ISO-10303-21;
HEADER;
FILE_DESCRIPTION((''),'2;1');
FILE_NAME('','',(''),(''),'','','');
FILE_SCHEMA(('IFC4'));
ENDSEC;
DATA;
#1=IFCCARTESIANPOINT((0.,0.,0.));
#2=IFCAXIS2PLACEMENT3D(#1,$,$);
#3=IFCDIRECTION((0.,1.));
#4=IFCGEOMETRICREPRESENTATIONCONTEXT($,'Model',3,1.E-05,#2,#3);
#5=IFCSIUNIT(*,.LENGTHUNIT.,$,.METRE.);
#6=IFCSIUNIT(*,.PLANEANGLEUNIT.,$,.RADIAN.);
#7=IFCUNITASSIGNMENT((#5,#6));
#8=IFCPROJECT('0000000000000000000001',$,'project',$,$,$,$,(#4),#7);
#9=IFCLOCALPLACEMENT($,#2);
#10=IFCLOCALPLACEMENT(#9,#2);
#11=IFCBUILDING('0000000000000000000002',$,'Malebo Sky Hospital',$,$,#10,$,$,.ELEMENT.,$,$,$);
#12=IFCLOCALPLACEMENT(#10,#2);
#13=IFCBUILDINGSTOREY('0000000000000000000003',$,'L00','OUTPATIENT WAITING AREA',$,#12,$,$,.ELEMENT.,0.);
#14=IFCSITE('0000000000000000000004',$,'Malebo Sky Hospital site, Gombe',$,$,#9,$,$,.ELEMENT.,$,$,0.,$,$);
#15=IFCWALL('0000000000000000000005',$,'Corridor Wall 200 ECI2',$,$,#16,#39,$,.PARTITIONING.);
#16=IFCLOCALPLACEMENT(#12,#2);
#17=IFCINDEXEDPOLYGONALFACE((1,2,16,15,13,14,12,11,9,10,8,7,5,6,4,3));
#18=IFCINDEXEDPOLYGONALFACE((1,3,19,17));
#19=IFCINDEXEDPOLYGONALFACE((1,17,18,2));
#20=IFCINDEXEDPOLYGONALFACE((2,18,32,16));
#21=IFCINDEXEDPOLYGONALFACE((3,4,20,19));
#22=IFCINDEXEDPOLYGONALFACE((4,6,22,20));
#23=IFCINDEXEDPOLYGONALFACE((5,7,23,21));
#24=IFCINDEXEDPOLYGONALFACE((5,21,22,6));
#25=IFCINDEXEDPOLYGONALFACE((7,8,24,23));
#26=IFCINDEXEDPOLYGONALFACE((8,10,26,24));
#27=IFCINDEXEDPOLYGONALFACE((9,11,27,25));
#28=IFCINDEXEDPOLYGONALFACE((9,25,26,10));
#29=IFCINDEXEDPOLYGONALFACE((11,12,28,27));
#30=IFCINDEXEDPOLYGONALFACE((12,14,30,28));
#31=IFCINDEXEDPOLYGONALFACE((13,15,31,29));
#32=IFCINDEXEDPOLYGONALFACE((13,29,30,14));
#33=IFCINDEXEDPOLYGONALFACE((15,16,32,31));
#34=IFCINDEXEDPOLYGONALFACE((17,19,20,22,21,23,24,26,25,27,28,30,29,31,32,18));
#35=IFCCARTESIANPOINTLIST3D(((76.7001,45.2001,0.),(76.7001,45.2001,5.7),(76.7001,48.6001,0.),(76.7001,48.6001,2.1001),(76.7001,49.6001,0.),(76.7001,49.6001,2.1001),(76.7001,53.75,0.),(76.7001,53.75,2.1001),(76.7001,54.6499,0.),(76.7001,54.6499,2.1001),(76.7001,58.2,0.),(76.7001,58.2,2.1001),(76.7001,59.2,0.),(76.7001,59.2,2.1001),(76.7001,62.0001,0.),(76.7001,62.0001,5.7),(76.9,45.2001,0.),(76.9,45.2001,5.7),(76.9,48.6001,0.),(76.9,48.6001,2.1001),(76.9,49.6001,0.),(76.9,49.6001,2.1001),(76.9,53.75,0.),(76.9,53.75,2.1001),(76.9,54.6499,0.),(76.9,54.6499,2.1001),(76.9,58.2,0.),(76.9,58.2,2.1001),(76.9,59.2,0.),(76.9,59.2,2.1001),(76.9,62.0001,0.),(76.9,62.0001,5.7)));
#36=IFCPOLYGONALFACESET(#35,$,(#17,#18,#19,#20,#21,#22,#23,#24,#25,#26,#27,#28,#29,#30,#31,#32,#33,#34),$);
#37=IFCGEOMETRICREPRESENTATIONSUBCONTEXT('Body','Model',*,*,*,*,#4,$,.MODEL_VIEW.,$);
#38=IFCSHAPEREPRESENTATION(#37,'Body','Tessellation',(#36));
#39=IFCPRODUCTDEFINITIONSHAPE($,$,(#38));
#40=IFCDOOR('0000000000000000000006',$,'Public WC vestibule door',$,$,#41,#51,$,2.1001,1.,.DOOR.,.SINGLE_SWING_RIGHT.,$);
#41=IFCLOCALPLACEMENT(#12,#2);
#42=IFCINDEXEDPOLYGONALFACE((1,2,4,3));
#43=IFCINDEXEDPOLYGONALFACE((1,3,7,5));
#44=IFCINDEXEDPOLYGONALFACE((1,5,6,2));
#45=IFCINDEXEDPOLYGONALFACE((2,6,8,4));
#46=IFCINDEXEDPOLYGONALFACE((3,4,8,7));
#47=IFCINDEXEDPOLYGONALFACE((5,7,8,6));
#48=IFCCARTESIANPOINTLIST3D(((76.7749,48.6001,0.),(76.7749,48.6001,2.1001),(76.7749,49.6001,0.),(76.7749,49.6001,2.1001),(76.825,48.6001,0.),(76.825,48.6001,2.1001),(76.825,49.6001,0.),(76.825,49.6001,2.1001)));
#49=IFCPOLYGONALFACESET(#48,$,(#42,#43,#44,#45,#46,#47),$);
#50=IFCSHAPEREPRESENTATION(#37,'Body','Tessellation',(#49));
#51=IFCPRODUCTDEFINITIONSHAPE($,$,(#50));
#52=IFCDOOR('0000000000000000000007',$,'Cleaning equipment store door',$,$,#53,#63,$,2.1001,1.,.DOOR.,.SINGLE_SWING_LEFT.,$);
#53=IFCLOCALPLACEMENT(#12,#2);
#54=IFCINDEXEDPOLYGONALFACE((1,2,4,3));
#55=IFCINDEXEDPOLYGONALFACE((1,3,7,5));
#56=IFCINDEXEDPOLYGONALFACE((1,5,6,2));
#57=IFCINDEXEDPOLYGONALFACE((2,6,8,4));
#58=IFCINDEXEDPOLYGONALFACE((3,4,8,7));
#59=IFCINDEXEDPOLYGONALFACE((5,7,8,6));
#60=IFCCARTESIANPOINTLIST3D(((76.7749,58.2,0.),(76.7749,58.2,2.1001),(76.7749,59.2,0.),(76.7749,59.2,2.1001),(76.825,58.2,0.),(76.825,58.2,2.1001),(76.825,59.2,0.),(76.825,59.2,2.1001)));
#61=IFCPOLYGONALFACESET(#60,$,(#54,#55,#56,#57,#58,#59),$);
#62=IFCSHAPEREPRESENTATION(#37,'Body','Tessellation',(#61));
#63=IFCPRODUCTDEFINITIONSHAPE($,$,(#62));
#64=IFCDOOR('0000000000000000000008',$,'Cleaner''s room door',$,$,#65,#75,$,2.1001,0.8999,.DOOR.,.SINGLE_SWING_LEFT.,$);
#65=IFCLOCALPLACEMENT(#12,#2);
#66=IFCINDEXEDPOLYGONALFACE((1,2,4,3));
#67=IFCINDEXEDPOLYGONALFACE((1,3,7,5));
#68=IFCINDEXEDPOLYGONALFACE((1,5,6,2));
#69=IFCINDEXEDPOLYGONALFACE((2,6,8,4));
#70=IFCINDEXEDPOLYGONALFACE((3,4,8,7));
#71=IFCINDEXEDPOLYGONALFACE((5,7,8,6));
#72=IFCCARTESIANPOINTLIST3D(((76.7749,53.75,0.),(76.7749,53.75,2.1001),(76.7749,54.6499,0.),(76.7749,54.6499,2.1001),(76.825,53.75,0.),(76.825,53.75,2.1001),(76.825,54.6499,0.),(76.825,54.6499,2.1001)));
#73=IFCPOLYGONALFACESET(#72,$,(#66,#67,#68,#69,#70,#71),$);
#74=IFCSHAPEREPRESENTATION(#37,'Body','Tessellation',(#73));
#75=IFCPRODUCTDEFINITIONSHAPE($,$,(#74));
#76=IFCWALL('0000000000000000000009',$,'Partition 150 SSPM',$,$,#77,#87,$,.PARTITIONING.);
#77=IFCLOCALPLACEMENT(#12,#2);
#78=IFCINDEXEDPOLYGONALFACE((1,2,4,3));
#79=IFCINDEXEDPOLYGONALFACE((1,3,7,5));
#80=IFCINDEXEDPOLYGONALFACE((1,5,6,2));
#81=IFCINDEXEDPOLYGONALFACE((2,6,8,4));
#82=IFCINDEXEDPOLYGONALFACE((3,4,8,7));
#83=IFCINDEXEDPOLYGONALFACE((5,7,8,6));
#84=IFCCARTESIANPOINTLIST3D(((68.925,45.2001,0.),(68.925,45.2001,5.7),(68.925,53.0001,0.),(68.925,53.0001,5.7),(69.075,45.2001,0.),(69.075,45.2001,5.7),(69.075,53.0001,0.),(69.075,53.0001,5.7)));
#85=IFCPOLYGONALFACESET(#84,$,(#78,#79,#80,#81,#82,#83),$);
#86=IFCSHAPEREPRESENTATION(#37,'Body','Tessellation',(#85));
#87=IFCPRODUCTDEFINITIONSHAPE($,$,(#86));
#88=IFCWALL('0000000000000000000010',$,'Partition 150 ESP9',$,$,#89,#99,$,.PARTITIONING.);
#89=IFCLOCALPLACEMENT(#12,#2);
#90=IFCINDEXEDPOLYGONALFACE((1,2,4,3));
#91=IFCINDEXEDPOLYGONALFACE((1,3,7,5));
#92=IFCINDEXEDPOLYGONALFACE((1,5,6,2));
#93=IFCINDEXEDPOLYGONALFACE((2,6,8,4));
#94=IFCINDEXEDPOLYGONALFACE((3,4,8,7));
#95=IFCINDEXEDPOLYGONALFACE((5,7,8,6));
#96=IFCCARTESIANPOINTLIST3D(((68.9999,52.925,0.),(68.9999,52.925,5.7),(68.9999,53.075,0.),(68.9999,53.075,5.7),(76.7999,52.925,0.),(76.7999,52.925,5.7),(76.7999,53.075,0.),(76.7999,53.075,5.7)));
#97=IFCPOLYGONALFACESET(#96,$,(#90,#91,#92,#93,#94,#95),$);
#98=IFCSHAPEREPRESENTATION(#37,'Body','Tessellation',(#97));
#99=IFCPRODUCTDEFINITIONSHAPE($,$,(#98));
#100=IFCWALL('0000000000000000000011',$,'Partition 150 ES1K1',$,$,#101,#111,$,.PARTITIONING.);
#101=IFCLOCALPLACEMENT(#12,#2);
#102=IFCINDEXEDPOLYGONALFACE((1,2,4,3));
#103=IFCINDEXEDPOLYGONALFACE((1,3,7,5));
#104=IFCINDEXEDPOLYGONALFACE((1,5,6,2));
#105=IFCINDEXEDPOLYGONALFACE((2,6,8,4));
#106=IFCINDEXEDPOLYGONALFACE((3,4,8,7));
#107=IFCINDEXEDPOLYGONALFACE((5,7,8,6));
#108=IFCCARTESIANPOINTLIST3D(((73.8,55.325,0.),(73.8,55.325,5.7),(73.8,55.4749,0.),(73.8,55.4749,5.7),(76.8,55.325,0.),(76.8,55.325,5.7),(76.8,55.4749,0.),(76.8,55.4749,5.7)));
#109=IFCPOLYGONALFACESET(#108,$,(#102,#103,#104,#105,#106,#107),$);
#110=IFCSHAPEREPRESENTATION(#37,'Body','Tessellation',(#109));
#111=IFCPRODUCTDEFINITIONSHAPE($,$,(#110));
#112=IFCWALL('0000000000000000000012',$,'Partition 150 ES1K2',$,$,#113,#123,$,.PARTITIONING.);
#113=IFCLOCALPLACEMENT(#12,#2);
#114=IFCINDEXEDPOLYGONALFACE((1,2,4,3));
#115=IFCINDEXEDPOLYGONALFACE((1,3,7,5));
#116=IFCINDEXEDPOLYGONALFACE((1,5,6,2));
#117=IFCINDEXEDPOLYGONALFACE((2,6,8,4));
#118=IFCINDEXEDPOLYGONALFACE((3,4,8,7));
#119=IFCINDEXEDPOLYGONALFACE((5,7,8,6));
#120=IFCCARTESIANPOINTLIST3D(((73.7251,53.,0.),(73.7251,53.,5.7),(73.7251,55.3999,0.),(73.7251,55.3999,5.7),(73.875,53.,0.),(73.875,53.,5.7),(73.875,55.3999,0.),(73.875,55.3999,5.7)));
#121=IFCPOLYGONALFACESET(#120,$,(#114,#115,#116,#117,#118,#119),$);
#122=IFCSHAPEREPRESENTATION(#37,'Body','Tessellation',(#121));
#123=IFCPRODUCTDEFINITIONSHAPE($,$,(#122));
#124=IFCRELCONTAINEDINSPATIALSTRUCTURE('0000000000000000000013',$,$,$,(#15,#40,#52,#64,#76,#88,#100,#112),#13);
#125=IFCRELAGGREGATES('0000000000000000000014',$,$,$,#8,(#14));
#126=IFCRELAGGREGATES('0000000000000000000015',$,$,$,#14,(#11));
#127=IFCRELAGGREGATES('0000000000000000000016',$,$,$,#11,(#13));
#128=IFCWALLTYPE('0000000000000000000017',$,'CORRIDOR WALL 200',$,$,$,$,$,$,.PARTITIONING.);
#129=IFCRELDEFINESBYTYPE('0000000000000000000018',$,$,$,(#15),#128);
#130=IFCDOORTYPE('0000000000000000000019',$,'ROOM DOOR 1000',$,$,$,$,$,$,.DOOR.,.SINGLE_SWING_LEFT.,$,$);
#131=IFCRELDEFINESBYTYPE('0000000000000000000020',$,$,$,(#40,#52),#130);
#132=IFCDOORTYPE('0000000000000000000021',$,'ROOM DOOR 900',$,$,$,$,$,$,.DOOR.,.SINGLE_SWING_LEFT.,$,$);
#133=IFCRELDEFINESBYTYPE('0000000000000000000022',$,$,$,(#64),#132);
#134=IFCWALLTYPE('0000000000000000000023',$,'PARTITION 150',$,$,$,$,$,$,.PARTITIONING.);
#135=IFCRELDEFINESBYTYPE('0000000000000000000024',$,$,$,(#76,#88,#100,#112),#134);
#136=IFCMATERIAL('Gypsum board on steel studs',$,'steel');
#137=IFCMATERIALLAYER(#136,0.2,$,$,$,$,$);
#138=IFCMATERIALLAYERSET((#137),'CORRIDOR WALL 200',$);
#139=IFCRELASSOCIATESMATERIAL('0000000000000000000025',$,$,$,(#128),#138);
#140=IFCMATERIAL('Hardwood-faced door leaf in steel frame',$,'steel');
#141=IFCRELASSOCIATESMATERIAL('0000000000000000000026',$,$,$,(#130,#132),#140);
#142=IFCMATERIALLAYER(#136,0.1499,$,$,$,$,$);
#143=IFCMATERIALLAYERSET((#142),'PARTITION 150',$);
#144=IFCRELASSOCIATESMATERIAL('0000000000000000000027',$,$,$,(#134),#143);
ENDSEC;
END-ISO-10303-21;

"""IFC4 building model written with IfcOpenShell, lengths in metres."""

from ifc_helpers import new_model, si_unit, direction, frame, frame_2d, origin, place, context, subcontext, project, spatial, rectangle, extrude, material, layer, layer_set, type_object, element, fill, save


model = new_model("IFC4")

# Units and contexts
model_context = context("Model", 3, precision=1e-05, world=origin(), true_north=direction((0.0, 1.0)))
body_context = subcontext(model_context, "Body", "Model", "MODEL_VIEW")
ifc_project = project(units=[si_unit("LENGTHUNIT", "METRE"), si_unit("PLANEANGLEUNIT", "RADIAN")], contexts=[model_context])

# Site, building, storey
site_placement = place(None, origin())
site = spatial("IfcSite", under=ifc_project, at=site_placement, Name="Malebo Sky Hospital site, Gombe", CompositionType="ELEMENT", RefElevation=0.0)
building_placement = place(site_placement, origin())
building = spatial("IfcBuilding", under=site, at=building_placement, Name="Malebo Sky Hospital", CompositionType="ELEMENT")
storey_placement = place(building_placement, origin())
storey = spatial("IfcBuildingStorey", under=building, at=storey_placement, Name="L00", Description="OUTPATIENT WAITING AREA", CompositionType="ELEMENT", Elevation=0.0)

# Wall, openings, doors
ifc_material_1 = material(Name="Gypsum board on steel studs", Category="steel")
ifc_layer_1 = layer(ifc_material_1, 0.2)
ifc_layer_set_1 = layer_set([ifc_layer_1], Name="CORRIDOR WALL 200")
wall_type_1 = type_object("IfcWallType", Name="CORRIDOR WALL 200", PredefinedType="PARTITIONING", material=ifc_layer_set_1)
wall_1_placement = place(storey_placement, frame((76.8, 62.0, 0.0), z_axis=(0.0, 0.0, 1.0), x_axis=(0.0, -1.0, 0.0)))
wall_1 = element("IfcWall", 1, at=wall_1_placement, inside=storey, type_object=wall_type_1, Name="Corridor Wall 200 ECI2", PredefinedType="PARTITIONING", context=body_context, shape_type="SweptSolid", body=[
    extrude(rectangle(XDim=16.8, YDim=0.2, at=frame_2d((8.3999, 0.0))), origin(), (0.0, 0.0, 1.0), 5.7),
])
opening_1_placement = place(wall_1_placement, frame((12.3999, 0.0, 0.0)))
opening_1 = element("IfcOpeningElement", 2, at=opening_1_placement, cuts=wall_1, PredefinedType="OPENING", context=body_context, shape_type="SweptSolid", body=[
    extrude(rectangle(XDim=1.0, YDim=2.1001, at=frame_2d((0.5, 1.05))), frame((0.0, 0.1099, 0.0), z_axis=(0.0, -1.0, 0.0), x_axis=(1.0, 0.0, 0.0)), (0.0, 0.0, 1.0), 0.22),
])
opening_2_placement = place(wall_1_placement, frame((7.3501, 0.0, 0.0)))
opening_2 = element("IfcOpeningElement", 3, at=opening_2_placement, cuts=wall_1, PredefinedType="OPENING", context=body_context, shape_type="SweptSolid", body=[
    extrude(rectangle(XDim=0.8999, YDim=2.1001, at=frame_2d((0.45, 1.05))), frame((0.0, 0.1099, 0.0), z_axis=(0.0, -1.0, 0.0), x_axis=(1.0, 0.0, 0.0)), (0.0, 0.0, 1.0), 0.22),
])
opening_3_placement = place(wall_1_placement, frame((2.8, 0.0, 0.0)))
opening_3 = element("IfcOpeningElement", 4, at=opening_3_placement, cuts=wall_1, PredefinedType="OPENING", context=body_context, shape_type="SweptSolid", body=[
    extrude(rectangle(XDim=1.0, YDim=2.1001, at=frame_2d((0.5, 1.05))), frame((0.0, 0.1099, 0.0), z_axis=(0.0, -1.0, 0.0), x_axis=(1.0, 0.0, 0.0)), (0.0, 0.0, 1.0), 0.22),
])
ifc_material_2 = material(Name="Hardwood-faced door leaf in steel frame", Category="steel")
door_type_1 = type_object("IfcDoorType", Name="ROOM DOOR 1000", OperationType="SINGLE_SWING_LEFT", PredefinedType="DOOR", material=ifc_material_2)
door_1_placement = place(opening_1_placement, origin())
door_1 = element("IfcDoor", 5, at=door_1_placement, inside=storey, type_object=door_type_1, Name="Public WC vestibule door", OperationType="SINGLE_SWING_RIGHT", OverallHeight=2.1001, OverallWidth=1.0, PredefinedType="DOOR", context=body_context, shape_type="SweptSolid", body=[
    extrude(rectangle(XDim=1.0, YDim=2.1001, at=frame_2d((0.5, 1.05))), frame((0.0, 0.0249, 0.0), z_axis=(0.0, -1.0, 0.0), x_axis=(1.0, 0.0, 0.0)), (0.0, 0.0, 1.0), 0.05),
])
fill(opening_1, door_1)
door_2_placement = place(opening_3_placement, origin())
door_2 = element("IfcDoor", 6, at=door_2_placement, inside=storey, type_object=door_type_1, Name="Cleaning equipment store door", OperationType="SINGLE_SWING_LEFT", OverallHeight=2.1001, OverallWidth=1.0, PredefinedType="DOOR", context=body_context, shape_type="SweptSolid", body=[
    extrude(rectangle(XDim=1.0, YDim=2.1001, at=frame_2d((0.5, 1.05))), frame((0.0, 0.0249, 0.0), z_axis=(0.0, -1.0, 0.0), x_axis=(1.0, 0.0, 0.0)), (0.0, 0.0, 1.0), 0.05),
])
fill(opening_3, door_2)
door_type_2 = type_object("IfcDoorType", Name="ROOM DOOR 900", OperationType="SINGLE_SWING_LEFT", PredefinedType="DOOR", material=ifc_material_2)
door_3_placement = place(opening_2_placement, origin())
door_3 = element("IfcDoor", 7, at=door_3_placement, inside=storey, type_object=door_type_2, Name="Cleaner's room door", OperationType="SINGLE_SWING_LEFT", OverallHeight=2.1001, OverallWidth=0.8999, PredefinedType="DOOR", context=body_context, shape_type="SweptSolid", body=[
    extrude(rectangle(XDim=0.8999, YDim=2.1001, at=frame_2d((0.45, 1.05))), frame((0.0, 0.0249, 0.0), z_axis=(0.0, -1.0, 0.0), x_axis=(1.0, 0.0, 0.0)), (0.0, 0.0, 1.0), 0.05),
])
fill(opening_2, door_3)

# Walls
ifc_layer_2 = layer(ifc_material_1, 0.1499)
ifc_layer_set_2 = layer_set([ifc_layer_2], Name="PARTITION 150")
wall_type_2 = type_object("IfcWallType", Name="PARTITION 150", PredefinedType="PARTITIONING", material=ifc_layer_set_2)
for number, where, z_axis, x_axis, name in (
    (8, (69.0, 53.0, 0.0), (0.0, 0.0, 1.0), (0.0, -1.0, 0.0), "Partition 150 SSPM"),
    (9, (69.0, 53.0, 0.0), (0.0, 0.0, 1.0), (1.0, 0.0, 0.0), "Partition 150 ESP9"),
):
    element("IfcWall", number, at=place(storey_placement, frame(where, z_axis=z_axis, x_axis=x_axis)), inside=storey, type_object=wall_type_2, Name=name, PredefinedType="PARTITIONING", context=body_context, shape_type="SweptSolid", body=[
        extrude(rectangle(XDim=7.8, YDim=0.1499, at=frame_2d((3.8999, 0.0))), origin(), (0.0, 0.0, 1.0), 5.7),
    ])
wall_2_placement = place(storey_placement, frame((73.8, 55.3999, 0.0), z_axis=(0.0, 0.0, 1.0), x_axis=(1.0, 0.0, 0.0)))
element("IfcWall", 10, at=wall_2_placement, inside=storey, type_object=wall_type_2, Name="Partition 150 ES1K1", PredefinedType="PARTITIONING", context=body_context, shape_type="SweptSolid", body=[
    extrude(rectangle(XDim=3.0, YDim=0.1499, at=frame_2d((1.5, 0.0))), origin(), (0.0, 0.0, 1.0), 5.7),
])
wall_3_placement = place(storey_placement, frame((73.8, 55.3999, 0.0), z_axis=(0.0, 0.0, 1.0), x_axis=(0.0, -1.0, 0.0)))
element("IfcWall", 11, at=wall_3_placement, inside=storey, type_object=wall_type_2, Name="Partition 150 ES1K2", PredefinedType="PARTITIONING", context=body_context, shape_type="SweptSolid", body=[
    extrude(rectangle(XDim=2.3999, YDim=0.1499, at=frame_2d((1.2, 0.0))), origin(), (0.0, 0.0, 1.0), 5.7),
])

save(model, "model.ifc")
